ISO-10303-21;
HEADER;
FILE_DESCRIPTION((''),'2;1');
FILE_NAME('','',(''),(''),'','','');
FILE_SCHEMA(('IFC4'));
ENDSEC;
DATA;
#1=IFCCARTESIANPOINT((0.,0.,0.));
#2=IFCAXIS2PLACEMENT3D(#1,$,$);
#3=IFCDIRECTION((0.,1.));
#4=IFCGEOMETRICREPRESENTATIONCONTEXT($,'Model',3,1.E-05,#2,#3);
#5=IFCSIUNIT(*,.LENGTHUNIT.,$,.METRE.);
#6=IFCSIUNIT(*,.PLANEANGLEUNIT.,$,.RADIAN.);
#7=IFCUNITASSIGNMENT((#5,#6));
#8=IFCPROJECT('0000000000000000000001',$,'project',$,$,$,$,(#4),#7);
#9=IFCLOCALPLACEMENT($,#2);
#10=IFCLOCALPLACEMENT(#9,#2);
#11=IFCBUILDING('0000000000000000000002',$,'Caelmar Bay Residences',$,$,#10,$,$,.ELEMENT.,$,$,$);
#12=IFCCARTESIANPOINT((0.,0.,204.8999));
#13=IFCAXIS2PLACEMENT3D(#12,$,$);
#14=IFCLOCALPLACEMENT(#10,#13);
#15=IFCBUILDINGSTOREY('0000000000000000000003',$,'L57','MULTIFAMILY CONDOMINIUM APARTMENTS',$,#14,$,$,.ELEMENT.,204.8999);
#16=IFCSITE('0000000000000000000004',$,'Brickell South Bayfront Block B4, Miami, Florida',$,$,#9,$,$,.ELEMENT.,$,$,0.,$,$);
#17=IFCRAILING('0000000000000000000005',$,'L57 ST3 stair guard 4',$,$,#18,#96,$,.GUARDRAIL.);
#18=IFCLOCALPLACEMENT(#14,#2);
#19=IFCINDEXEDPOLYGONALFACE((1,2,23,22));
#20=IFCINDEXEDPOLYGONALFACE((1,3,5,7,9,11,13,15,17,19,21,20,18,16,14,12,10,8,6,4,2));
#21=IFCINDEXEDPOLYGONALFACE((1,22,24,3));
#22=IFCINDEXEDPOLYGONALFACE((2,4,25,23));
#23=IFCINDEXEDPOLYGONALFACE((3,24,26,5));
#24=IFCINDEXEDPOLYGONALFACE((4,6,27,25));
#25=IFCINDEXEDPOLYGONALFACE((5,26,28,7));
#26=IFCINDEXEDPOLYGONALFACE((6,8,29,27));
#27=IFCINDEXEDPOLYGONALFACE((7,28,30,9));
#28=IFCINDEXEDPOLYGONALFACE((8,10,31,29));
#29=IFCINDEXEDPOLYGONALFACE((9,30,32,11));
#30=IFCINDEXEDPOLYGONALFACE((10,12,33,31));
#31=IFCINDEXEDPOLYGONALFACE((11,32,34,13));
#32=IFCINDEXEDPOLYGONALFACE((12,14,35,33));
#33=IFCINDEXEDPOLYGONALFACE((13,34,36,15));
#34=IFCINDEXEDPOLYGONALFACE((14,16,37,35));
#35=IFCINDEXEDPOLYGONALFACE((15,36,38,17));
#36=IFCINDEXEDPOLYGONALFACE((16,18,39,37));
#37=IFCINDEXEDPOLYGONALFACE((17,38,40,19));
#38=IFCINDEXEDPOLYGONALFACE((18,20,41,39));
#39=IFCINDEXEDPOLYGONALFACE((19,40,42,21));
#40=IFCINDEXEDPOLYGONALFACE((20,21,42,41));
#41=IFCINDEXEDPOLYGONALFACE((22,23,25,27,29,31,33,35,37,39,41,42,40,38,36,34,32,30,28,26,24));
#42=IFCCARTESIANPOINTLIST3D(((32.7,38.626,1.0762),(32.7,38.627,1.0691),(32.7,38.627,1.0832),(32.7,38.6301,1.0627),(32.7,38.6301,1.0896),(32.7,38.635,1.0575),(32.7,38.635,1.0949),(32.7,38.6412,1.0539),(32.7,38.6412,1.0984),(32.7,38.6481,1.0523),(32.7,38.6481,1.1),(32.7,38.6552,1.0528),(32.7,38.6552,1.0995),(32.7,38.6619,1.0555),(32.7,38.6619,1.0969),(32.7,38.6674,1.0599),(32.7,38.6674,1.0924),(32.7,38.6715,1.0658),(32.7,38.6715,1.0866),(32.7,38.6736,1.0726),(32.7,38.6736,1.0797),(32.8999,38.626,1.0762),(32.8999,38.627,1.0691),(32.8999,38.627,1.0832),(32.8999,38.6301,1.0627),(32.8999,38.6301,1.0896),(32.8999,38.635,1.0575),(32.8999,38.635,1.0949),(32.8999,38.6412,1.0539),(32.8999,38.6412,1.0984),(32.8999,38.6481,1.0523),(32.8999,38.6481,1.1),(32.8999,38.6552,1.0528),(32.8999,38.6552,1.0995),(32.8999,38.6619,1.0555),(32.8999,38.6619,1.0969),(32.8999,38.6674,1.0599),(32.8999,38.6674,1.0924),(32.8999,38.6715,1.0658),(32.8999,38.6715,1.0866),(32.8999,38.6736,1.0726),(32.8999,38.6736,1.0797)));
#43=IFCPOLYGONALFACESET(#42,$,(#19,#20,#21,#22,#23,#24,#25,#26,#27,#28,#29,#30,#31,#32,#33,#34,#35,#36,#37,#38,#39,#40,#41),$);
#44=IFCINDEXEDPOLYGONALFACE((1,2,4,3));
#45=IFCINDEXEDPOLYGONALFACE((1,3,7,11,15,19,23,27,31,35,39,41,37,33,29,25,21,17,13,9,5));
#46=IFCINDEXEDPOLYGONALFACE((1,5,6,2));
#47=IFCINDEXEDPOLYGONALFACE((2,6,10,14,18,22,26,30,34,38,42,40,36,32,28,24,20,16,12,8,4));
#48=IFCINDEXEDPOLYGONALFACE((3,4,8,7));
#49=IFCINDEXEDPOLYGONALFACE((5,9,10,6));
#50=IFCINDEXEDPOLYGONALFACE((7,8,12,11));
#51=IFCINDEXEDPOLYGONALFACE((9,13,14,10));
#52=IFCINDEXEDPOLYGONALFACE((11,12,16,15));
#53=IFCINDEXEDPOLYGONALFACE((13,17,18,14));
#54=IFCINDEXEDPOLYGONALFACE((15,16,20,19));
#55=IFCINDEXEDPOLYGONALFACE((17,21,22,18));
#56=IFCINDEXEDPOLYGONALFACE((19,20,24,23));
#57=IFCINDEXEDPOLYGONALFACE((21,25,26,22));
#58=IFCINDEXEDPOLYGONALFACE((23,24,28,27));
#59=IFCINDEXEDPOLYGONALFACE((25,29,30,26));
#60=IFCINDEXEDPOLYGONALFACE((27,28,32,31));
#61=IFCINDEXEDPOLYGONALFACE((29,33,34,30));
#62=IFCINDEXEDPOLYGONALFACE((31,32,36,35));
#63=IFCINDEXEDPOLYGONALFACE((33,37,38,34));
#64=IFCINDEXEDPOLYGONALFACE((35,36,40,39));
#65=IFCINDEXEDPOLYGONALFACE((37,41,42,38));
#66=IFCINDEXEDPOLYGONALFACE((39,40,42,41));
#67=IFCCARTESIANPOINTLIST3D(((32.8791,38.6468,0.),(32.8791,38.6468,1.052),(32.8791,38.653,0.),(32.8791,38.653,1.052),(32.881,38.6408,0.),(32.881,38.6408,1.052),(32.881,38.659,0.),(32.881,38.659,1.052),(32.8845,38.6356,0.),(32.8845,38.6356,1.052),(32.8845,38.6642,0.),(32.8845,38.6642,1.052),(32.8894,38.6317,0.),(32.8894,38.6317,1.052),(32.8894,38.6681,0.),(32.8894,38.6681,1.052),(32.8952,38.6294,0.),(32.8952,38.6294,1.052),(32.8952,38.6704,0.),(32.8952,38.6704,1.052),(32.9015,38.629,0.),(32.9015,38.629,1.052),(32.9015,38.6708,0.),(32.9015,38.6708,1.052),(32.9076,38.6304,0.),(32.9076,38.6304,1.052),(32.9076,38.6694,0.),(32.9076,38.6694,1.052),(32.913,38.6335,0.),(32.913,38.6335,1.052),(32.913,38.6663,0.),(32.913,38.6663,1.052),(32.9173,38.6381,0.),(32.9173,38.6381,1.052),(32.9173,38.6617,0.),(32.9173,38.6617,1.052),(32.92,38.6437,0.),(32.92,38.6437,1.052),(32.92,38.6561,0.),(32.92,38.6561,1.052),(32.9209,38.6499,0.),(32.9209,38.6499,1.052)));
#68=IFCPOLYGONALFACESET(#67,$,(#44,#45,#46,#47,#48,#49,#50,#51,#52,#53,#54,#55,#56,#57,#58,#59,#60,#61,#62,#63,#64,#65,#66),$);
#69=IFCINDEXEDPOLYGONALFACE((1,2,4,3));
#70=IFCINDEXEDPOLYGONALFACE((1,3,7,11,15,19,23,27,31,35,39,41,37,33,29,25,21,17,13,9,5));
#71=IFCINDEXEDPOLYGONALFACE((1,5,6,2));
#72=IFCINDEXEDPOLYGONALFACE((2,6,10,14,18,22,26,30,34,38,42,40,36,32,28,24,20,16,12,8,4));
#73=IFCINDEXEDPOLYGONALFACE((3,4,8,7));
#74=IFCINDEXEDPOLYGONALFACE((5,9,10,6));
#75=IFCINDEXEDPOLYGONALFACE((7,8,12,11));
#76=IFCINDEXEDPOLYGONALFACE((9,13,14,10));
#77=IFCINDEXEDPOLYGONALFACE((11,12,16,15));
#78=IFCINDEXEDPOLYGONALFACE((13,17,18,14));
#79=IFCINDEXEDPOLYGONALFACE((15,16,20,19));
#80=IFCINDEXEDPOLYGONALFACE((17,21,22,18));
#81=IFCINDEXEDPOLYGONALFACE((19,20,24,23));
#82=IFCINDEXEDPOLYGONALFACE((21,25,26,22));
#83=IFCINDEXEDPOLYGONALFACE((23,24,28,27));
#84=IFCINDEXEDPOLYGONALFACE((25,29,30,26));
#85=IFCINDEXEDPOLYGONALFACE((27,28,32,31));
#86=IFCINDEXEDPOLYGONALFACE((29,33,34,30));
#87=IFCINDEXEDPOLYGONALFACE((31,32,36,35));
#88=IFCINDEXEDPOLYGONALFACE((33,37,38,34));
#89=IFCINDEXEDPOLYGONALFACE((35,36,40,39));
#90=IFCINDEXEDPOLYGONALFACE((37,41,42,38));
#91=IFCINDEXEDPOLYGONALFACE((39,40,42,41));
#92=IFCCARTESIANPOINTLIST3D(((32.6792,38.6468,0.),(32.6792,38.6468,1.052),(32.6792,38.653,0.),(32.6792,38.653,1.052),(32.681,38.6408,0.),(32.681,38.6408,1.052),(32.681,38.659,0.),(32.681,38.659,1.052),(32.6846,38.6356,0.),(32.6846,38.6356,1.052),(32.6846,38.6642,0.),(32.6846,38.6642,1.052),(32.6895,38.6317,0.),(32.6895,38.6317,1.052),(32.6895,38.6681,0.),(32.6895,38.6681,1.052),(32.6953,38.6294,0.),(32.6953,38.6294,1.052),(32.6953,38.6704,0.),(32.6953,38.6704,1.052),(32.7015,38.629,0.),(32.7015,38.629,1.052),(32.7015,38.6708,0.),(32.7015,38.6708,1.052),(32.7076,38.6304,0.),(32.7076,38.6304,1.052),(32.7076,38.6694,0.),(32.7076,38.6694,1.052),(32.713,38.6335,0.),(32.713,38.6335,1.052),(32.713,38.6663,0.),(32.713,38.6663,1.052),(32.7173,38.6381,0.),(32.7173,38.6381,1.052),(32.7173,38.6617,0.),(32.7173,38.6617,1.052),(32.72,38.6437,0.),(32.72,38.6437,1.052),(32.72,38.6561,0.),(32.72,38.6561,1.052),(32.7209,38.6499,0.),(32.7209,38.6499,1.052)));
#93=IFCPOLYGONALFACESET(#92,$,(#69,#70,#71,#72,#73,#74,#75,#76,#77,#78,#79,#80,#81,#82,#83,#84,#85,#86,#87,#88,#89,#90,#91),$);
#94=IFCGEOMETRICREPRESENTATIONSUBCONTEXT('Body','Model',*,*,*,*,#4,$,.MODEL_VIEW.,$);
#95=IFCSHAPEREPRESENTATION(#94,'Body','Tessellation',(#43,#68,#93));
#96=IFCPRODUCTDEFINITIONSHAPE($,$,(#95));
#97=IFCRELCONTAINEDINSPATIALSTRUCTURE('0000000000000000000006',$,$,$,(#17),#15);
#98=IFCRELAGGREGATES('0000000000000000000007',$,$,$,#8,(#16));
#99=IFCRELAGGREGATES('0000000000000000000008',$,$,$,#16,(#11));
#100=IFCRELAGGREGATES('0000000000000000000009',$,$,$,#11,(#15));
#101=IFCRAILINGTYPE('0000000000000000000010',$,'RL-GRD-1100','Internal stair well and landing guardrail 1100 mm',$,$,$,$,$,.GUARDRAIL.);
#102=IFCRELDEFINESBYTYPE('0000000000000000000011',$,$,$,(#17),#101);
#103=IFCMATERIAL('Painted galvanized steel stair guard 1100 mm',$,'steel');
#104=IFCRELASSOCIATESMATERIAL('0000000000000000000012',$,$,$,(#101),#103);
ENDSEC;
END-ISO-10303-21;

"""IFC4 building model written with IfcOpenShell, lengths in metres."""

from ifc_helpers import new_model, si_unit, direction, frame, origin, origin_2d, place, context, subcontext, project, spatial, circle, extrude, material, type_object, element, save


model = new_model("IFC4")

# Units and contexts
model_context = context("Model", 3, precision=1e-05, world=origin(), true_north=direction((0.0, 1.0)))
body_context = subcontext(model_context, "Body", "Model", "MODEL_VIEW")
ifc_project = project(units=[si_unit("LENGTHUNIT", "METRE"), si_unit("PLANEANGLEUNIT", "RADIAN")], contexts=[model_context])

# Site, building, storey
site_placement = place(None, origin())
site = spatial("IfcSite", under=ifc_project, at=site_placement, Name="Brickell South Bayfront Block B4, Miami, Florida", CompositionType="ELEMENT", RefElevation=0.0)
building_placement = place(site_placement, origin())
building = spatial("IfcBuilding", under=site, at=building_placement, Name="Caelmar Bay Residences", CompositionType="ELEMENT")
storey_placement = place(building_placement, frame((0.0, 0.0, 204.8999)))
storey = spatial("IfcBuildingStorey", under=building, at=storey_placement, Name="L57", Description="MULTIFAMILY CONDOMINIUM APARTMENTS", CompositionType="ELEMENT", Elevation=204.8999)

# Railing
ifc_material_1 = material(Name="Painted galvanized steel stair guard 1100 mm", Category="steel")
railing_type_1 = type_object("IfcRailingType", Name="RL-GRD-1100", Description="Internal stair well and landing guardrail 1100 mm", PredefinedType="GUARDRAIL", material=ifc_material_1)
railing_1_placement = place(storey_placement, frame((32.8999, 38.6499, 0.0)))
element("IfcRailing", 1, at=railing_1_placement, inside=storey, type_object=railing_type_1, Name="L57 ST3 stair guard 4", PredefinedType="GUARDRAIL", context=body_context, shape_type="SweptSolid", body=[
    extrude(circle(Radius=0.0239, at=origin_2d()), frame((0.0, 0.0, 1.0762), z_axis=(-1.0, 0.0, 0.0), x_axis=(0.0, -1.0, 0.0)), (0.0, 0.0, 1.0), 0.2),
    extrude(circle(Radius=0.021, at=origin_2d()), origin(), (0.0, 0.0, 1.0), 1.052),
    extrude(circle(Radius=0.021, at=origin_2d()), frame((-0.2, 0.0, 0.0)), (0.0, 0.0, 1.0), 1.052),
])

save(model, "model.ifc")
